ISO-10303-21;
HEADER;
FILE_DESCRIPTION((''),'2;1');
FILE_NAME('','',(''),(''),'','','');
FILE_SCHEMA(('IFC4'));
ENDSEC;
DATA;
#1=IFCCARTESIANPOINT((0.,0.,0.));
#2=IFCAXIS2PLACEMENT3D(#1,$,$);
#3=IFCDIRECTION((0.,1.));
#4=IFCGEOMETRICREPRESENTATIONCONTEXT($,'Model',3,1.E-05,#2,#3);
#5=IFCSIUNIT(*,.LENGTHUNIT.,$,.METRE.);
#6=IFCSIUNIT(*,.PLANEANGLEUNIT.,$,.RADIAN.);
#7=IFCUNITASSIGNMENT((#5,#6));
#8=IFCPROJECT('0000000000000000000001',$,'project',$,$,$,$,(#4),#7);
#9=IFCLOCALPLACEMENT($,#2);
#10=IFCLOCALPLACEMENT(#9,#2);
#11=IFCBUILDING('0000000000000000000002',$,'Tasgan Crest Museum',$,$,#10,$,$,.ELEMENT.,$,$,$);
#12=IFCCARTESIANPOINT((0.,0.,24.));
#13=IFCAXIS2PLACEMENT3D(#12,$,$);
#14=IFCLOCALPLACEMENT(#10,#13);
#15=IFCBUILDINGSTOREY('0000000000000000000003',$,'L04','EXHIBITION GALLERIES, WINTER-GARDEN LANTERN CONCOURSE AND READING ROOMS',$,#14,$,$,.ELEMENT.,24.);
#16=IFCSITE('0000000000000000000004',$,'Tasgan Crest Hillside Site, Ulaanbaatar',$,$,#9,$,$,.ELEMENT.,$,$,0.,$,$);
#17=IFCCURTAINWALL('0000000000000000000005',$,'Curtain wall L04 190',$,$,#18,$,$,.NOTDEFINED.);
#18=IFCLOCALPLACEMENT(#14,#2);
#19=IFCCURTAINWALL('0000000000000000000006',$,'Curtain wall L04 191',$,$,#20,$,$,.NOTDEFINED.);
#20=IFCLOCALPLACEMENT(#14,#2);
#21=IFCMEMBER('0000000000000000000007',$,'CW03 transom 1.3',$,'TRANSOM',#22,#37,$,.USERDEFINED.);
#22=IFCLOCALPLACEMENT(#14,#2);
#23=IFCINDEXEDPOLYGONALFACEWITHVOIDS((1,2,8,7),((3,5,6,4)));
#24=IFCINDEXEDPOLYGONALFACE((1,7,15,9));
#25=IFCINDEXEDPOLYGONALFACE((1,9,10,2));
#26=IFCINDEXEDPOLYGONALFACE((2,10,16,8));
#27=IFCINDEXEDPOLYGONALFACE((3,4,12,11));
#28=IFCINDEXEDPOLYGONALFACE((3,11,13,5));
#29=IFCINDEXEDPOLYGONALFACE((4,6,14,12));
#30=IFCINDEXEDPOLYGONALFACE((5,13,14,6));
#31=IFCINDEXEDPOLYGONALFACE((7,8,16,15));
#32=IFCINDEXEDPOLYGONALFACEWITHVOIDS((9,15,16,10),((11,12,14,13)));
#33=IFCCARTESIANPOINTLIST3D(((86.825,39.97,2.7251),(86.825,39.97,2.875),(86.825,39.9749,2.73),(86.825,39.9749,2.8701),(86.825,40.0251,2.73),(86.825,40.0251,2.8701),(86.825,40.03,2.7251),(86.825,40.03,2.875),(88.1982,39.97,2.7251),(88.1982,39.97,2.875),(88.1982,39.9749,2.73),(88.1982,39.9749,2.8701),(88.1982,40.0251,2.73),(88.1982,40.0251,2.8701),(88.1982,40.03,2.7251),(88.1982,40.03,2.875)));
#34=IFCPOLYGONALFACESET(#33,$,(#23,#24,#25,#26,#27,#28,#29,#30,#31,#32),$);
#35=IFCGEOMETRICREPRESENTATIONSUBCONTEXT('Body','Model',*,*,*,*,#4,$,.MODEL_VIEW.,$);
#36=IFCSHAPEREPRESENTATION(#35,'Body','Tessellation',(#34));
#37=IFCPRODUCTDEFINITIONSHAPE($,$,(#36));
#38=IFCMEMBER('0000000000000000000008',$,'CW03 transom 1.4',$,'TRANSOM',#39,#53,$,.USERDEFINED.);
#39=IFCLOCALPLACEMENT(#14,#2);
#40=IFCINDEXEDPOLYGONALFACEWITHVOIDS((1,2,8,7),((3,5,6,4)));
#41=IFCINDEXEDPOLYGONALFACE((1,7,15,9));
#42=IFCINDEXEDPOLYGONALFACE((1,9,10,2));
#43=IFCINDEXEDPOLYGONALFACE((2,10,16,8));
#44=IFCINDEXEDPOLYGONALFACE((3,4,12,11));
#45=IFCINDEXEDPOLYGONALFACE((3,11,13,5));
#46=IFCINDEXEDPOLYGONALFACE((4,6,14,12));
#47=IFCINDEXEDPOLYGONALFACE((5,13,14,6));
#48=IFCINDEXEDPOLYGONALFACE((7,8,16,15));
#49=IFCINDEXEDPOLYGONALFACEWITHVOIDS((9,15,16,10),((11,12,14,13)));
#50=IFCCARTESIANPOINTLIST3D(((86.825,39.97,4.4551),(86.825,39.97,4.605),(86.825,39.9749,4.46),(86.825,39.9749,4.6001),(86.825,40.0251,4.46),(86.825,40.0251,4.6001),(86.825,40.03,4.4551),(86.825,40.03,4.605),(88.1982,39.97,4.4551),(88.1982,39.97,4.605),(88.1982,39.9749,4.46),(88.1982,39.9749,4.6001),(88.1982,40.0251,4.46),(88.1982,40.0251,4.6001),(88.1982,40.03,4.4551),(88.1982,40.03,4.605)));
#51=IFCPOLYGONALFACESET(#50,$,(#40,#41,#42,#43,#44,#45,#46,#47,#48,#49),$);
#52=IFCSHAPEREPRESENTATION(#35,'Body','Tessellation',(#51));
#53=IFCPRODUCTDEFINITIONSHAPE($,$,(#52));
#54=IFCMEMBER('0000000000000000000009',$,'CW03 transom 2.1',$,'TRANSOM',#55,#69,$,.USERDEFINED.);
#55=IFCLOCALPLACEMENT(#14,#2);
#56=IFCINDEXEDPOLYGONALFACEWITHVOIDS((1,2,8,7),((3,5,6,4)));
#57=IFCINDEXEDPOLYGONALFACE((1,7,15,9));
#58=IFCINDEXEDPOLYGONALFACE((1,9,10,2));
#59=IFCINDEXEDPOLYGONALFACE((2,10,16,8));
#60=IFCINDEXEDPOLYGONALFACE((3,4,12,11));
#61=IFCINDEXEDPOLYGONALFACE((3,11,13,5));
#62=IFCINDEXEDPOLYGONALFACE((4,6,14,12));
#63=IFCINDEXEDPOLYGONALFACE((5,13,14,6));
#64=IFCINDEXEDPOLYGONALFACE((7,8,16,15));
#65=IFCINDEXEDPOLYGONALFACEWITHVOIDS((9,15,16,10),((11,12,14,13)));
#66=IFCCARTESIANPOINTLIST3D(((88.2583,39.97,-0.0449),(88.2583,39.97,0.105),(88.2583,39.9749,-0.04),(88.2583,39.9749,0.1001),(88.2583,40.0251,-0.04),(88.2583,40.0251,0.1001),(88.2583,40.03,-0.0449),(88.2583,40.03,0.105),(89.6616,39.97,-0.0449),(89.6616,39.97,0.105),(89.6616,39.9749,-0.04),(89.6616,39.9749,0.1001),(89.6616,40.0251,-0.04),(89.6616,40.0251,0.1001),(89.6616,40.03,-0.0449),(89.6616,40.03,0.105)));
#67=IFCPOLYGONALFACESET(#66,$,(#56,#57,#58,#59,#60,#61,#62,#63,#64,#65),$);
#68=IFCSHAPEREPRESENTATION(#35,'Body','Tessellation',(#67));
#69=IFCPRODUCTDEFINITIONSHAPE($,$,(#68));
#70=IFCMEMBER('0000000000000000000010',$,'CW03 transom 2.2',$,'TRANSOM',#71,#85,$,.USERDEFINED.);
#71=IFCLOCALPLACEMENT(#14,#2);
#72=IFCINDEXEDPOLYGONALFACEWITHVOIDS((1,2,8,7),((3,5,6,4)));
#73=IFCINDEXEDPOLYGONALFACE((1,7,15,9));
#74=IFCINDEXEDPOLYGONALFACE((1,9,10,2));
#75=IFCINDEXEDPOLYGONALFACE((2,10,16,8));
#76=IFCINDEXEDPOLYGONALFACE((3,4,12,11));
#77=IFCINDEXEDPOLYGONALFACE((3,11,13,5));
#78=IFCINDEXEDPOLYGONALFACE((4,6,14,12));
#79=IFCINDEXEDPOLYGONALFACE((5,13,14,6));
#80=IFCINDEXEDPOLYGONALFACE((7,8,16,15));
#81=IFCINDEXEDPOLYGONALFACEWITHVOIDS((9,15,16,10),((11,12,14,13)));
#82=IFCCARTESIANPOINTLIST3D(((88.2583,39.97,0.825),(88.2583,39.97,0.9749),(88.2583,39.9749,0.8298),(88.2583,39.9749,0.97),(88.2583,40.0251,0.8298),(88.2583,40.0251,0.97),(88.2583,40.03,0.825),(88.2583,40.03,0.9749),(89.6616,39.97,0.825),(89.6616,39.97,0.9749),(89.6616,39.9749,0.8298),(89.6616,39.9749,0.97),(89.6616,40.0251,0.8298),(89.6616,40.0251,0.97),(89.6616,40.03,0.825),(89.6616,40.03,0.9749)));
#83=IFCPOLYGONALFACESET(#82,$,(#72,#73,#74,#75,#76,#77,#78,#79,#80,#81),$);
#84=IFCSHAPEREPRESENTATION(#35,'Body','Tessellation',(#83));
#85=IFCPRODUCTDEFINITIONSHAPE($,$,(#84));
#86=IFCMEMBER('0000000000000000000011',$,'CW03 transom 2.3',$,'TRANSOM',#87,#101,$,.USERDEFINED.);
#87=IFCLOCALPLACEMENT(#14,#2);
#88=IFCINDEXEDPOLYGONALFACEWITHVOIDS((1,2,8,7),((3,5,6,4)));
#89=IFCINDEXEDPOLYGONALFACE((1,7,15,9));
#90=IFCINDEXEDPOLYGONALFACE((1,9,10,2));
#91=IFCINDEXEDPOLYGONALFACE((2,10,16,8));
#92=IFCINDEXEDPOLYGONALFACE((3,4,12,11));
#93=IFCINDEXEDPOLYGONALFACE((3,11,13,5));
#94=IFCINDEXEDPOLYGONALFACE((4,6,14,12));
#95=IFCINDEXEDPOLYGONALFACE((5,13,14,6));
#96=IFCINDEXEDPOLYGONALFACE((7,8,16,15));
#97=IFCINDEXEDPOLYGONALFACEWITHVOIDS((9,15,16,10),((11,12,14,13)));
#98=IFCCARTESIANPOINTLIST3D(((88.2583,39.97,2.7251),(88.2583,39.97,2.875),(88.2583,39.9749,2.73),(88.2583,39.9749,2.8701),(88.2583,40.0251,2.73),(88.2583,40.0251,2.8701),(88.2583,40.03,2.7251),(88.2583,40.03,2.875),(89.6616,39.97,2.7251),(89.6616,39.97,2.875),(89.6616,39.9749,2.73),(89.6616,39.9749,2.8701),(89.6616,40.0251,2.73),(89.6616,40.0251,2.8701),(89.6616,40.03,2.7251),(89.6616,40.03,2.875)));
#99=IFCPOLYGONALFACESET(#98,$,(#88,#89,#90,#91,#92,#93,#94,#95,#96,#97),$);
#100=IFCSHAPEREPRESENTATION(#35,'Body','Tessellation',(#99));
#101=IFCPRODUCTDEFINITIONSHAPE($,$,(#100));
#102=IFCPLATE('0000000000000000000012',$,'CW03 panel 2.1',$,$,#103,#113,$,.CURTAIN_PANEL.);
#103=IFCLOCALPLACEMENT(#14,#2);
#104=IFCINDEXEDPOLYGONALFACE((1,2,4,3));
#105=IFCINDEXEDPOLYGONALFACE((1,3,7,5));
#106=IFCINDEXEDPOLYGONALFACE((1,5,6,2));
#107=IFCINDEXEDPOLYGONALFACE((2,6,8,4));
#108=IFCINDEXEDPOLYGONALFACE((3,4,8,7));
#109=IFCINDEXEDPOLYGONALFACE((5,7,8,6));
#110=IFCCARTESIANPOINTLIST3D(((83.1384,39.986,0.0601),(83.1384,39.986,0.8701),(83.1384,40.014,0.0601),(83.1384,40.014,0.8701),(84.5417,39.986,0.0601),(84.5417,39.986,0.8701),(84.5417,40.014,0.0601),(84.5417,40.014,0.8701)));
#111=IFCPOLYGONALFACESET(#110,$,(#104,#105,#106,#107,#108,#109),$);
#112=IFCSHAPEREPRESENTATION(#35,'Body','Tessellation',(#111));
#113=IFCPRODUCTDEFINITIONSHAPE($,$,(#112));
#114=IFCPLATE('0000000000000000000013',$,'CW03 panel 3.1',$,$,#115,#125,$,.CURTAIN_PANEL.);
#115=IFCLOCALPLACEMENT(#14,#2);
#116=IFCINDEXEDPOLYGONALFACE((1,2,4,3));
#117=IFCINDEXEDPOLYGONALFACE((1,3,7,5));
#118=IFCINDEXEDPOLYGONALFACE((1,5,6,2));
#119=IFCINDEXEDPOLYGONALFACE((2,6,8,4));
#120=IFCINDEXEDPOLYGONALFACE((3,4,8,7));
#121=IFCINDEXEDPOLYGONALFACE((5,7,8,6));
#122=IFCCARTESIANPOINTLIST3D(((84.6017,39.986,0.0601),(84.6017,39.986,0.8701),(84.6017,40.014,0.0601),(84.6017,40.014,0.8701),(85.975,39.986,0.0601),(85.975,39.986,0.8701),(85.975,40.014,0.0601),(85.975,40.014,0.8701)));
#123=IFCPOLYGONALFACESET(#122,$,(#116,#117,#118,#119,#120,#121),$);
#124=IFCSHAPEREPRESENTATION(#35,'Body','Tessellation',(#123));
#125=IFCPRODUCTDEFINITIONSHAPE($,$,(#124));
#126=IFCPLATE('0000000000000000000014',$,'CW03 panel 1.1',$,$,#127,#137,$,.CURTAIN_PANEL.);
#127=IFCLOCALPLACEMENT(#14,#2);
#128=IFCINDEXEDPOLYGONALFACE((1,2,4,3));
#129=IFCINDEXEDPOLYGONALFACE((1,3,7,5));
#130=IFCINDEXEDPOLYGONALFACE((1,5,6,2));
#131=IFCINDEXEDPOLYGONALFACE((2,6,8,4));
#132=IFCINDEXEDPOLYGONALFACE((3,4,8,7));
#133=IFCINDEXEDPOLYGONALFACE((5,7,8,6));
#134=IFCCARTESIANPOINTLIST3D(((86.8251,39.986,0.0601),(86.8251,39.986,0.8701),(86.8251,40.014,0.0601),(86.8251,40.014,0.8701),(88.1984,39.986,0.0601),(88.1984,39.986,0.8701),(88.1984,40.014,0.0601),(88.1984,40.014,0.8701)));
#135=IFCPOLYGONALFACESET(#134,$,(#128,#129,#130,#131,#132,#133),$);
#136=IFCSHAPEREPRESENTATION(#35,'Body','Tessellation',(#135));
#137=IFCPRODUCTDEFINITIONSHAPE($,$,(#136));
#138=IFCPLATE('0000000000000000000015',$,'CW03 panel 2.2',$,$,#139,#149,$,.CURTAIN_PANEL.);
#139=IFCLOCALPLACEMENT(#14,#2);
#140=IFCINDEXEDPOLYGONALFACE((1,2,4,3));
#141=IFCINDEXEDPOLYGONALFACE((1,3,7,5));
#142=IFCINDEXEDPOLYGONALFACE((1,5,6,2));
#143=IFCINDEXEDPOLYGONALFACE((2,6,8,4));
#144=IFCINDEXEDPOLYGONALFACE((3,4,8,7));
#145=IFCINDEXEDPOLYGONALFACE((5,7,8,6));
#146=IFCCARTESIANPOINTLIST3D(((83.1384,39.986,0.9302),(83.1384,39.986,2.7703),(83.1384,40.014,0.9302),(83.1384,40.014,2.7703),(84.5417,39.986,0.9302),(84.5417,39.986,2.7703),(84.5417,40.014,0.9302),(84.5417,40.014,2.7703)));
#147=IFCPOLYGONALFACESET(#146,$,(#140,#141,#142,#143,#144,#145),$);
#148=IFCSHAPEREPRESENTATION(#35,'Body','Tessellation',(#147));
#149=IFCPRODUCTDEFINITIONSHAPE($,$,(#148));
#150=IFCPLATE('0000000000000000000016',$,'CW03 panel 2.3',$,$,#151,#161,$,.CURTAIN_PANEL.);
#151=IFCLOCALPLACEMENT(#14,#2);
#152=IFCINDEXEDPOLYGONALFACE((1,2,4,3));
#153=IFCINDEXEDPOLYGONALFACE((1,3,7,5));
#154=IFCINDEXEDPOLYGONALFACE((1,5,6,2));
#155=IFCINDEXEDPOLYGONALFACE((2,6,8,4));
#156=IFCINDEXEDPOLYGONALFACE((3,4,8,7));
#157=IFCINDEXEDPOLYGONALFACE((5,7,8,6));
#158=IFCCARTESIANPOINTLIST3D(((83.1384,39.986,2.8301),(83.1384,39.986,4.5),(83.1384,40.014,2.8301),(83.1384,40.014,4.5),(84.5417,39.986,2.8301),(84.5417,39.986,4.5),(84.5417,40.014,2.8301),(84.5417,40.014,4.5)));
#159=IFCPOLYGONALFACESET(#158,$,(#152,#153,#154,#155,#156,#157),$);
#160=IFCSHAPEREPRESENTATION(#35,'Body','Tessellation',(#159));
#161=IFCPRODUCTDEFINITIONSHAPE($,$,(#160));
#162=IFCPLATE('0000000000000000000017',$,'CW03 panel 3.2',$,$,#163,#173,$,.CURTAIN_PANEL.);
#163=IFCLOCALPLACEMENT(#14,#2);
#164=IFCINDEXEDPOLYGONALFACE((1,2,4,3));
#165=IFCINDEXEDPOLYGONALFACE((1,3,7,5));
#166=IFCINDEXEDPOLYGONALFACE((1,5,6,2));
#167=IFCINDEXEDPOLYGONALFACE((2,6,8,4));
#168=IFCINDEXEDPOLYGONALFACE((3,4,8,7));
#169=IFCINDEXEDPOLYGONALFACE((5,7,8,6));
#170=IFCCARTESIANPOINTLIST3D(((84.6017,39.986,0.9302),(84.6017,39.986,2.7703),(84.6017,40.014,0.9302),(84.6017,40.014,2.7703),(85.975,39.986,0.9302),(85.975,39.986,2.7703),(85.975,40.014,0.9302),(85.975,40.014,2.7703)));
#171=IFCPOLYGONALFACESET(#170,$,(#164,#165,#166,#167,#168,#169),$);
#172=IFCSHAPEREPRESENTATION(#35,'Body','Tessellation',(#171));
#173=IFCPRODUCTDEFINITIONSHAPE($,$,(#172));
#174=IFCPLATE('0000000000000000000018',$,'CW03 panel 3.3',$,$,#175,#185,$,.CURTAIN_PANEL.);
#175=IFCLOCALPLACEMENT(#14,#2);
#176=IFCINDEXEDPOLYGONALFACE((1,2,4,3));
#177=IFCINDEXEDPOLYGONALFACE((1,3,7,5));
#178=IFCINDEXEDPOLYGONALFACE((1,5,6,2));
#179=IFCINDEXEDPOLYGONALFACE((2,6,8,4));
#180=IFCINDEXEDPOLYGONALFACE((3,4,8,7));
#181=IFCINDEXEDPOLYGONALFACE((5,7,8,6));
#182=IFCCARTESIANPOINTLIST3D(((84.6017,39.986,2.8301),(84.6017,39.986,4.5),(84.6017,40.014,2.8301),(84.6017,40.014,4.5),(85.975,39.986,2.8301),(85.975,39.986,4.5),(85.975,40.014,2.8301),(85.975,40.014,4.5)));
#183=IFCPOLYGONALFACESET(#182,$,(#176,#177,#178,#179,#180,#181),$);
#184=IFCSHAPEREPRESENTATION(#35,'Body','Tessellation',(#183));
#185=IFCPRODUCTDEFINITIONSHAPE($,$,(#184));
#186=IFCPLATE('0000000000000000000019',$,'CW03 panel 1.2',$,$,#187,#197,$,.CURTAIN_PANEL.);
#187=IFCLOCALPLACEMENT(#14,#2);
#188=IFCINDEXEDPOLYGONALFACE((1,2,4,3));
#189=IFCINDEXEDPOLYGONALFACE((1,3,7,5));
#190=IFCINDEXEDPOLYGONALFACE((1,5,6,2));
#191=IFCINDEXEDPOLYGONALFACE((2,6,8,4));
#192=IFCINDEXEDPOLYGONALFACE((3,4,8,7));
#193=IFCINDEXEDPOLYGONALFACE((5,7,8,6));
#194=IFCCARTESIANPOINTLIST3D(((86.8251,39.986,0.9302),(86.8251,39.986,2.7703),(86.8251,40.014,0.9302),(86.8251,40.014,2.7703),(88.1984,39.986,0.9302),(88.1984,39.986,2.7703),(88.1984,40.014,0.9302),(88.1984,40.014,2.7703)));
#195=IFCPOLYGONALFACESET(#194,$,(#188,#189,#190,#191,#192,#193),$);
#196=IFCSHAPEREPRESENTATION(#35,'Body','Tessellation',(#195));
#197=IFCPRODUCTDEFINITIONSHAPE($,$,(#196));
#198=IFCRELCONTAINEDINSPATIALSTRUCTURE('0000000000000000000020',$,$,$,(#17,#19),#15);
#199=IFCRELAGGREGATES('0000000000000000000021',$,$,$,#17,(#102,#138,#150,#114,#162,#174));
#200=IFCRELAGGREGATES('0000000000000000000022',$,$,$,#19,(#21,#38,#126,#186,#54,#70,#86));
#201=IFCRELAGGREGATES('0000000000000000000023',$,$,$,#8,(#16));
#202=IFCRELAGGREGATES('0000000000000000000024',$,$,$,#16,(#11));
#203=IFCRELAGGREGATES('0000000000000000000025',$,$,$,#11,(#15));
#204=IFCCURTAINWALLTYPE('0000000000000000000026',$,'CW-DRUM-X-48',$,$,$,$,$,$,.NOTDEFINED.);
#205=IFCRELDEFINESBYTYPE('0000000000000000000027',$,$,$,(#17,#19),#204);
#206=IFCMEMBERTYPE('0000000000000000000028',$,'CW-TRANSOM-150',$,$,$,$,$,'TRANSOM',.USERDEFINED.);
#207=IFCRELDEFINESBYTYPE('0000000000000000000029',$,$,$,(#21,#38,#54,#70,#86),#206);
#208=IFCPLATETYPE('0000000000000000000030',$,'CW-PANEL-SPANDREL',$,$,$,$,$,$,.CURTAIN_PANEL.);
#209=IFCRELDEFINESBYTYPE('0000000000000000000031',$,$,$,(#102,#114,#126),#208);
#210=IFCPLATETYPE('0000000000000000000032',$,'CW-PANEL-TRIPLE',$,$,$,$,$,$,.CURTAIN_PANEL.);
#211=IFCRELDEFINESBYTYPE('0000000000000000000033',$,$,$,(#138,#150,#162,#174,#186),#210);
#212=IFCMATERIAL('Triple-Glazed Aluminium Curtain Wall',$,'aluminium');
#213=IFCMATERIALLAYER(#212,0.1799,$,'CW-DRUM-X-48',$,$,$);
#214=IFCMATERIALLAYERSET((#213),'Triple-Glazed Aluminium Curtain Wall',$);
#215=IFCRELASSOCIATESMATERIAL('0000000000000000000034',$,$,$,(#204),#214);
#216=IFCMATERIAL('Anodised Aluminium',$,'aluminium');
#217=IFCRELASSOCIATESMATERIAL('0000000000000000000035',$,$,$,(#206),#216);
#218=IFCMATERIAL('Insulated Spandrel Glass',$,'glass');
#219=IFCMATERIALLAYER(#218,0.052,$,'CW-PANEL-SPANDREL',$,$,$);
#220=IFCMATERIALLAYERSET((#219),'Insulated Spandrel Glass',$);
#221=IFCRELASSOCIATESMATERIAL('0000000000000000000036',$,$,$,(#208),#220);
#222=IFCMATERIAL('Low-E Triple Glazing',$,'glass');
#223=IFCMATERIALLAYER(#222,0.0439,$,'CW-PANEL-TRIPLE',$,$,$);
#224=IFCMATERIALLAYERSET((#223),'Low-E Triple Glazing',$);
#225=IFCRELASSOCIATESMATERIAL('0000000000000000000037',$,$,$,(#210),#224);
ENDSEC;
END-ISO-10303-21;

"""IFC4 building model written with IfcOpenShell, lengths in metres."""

from ifc_helpers import new_model, si_unit, direction, frame, origin, origin_2d, place, context, subcontext, project, spatial, rectangle, hollow_rectangle, extrude, material, layer, layer_set, material_profile, profile_set, type_object, element, aggregate, save


model = new_model("IFC4")

# Units and contexts
model_context = context("Model", 3, precision=1e-05, world=origin(), true_north=direction((0.0, 1.0)))
body_context = subcontext(model_context, "Body", "Model", "MODEL_VIEW")
ifc_project = project(units=[si_unit("LENGTHUNIT", "METRE"), si_unit("PLANEANGLEUNIT", "RADIAN")], contexts=[model_context])

# Site, building, storey
site_placement = place(None, origin())
site = spatial("IfcSite", under=ifc_project, at=site_placement, Name="Tasgan Crest Hillside Site, Ulaanbaatar", CompositionType="ELEMENT", RefElevation=0.0)
building_placement = place(site_placement, origin())
building = spatial("IfcBuilding", under=site, at=building_placement, Name="Tasgan Crest Museum", CompositionType="ELEMENT")
storey_placement = place(building_placement, frame((0.0, 0.0, 24.0)))
storey = spatial("IfcBuildingStorey", under=building, at=storey_placement, Name="L04", Description="EXHIBITION GALLERIES, WINTER-GARDEN LANTERN CONCOURSE AND READING ROOMS", CompositionType="ELEMENT", Elevation=24.0)

# Curtain walls
ifc_material_1 = material(Name="Triple-Glazed Aluminium Curtain Wall", Category="aluminium")
ifc_layer_1 = layer(ifc_material_1, 0.1799, Name="CW-DRUM-X-48")
ifc_layer_set_1 = layer_set([ifc_layer_1], Name="Triple-Glazed Aluminium Curtain Wall")
curtain_wall_type = type_object("IfcCurtainWallType", Name="CW-DRUM-X-48", PredefinedType="NOTDEFINED", material=ifc_layer_set_1)
curtain_wall_1_placement = place(storey_placement, origin())
curtain_wall_1 = element("IfcCurtainWall", 1, at=curtain_wall_1_placement, inside=storey, type_object=curtain_wall_type, Name="Curtain wall L04 190", PredefinedType="NOTDEFINED")
curtain_wall_2_placement = place(storey_placement, origin())
curtain_wall_2 = element("IfcCurtainWall", 2, at=curtain_wall_2_placement, inside=storey, type_object=curtain_wall_type, Name="Curtain wall L04 191", PredefinedType="NOTDEFINED")

# Members
ifc_material_2 = material(Name="Anodised Aluminium", Category="aluminium")
ifc_material_profile_1 = material_profile(ifc_material_2, hollow_rectangle(XDim=0.0601, YDim=0.1499, WallThickness=0.0049, at=origin_2d()), Name="ALU TRANSOM 150x60x5")
ifc_profile_set_1 = profile_set([ifc_material_profile_1], Name="Anodised Aluminium")
member_type_1 = type_object("IfcMemberType", Name="CW-TRANSOM-150", ElementType="TRANSOM", PredefinedType="USERDEFINED", material=ifc_profile_set_1)
member_1_placement = place(storey_placement, frame((86.825, 40.0, 2.8), z_axis=(1.0, 0.0, 0.0), x_axis=(0.0, 1.0, 0.0)))
member_1 = element("IfcMember", 3, at=member_1_placement, type_object=member_type_1, Name="CW03 transom 1.3", ObjectType="TRANSOM", PredefinedType="USERDEFINED", context=body_context, shape_type="SweptSolid", body=[
    extrude(hollow_rectangle(XDim=0.0601, YDim=0.1499, WallThickness=0.0049, at=origin_2d()), origin(), (0.0, 0.0, 1.0), 1.3733),
])
member_2_placement = place(storey_placement, frame((86.825, 40.0, 4.53), z_axis=(1.0, 0.0, 0.0), x_axis=(0.0, 1.0, 0.0)))
member_2 = element("IfcMember", 4, at=member_2_placement, type_object=member_type_1, Name="CW03 transom 1.4", ObjectType="TRANSOM", PredefinedType="USERDEFINED", context=body_context, shape_type="SweptSolid", body=[
    extrude(hollow_rectangle(XDim=0.0601, YDim=0.1499, WallThickness=0.0049, at=origin_2d()), origin(), (0.0, 0.0, 1.0), 1.3733),
])
member_3_placement = place(storey_placement, frame((88.2583, 40.0, 0.03), z_axis=(1.0, 0.0, 0.0), x_axis=(0.0, 1.0, 0.0)))
member_3 = element("IfcMember", 5, at=member_3_placement, type_object=member_type_1, Name="CW03 transom 2.1", ObjectType="TRANSOM", PredefinedType="USERDEFINED", context=body_context, shape_type="SweptSolid", body=[
    extrude(hollow_rectangle(XDim=0.0601, YDim=0.1499, WallThickness=0.0049, at=origin_2d()), origin(), (0.0, 0.0, 1.0), 1.4033),
])
member_4_placement = place(storey_placement, frame((88.2583, 40.0, 0.8999), z_axis=(1.0, 0.0, 0.0), x_axis=(0.0, 1.0, 0.0)))
member_4 = element("IfcMember", 6, at=member_4_placement, type_object=member_type_1, Name="CW03 transom 2.2", ObjectType="TRANSOM", PredefinedType="USERDEFINED", context=body_context, shape_type="SweptSolid", body=[
    extrude(hollow_rectangle(XDim=0.0601, YDim=0.1499, WallThickness=0.0049, at=origin_2d()), origin(), (0.0, 0.0, 1.0), 1.4033),
])
member_5_placement = place(storey_placement, frame((88.2583, 40.0, 2.8), z_axis=(1.0, 0.0, 0.0), x_axis=(0.0, 1.0, 0.0)))
member_5 = element("IfcMember", 7, at=member_5_placement, type_object=member_type_1, Name="CW03 transom 2.3", ObjectType="TRANSOM", PredefinedType="USERDEFINED", context=body_context, shape_type="SweptSolid", body=[
    extrude(hollow_rectangle(XDim=0.0601, YDim=0.1499, WallThickness=0.0049, at=origin_2d()), origin(), (0.0, 0.0, 1.0), 1.4033),
])

# Plates
ifc_material_3 = material(Name="Insulated Spandrel Glass", Category="glass")
ifc_layer_2 = layer(ifc_material_3, 0.052, Name="CW-PANEL-SPANDREL")
ifc_layer_set_2 = layer_set([ifc_layer_2], Name="Insulated Spandrel Glass")
plate_type_1 = type_object("IfcPlateType", Name="CW-PANEL-SPANDREL", PredefinedType="CURTAIN_PANEL", material=ifc_layer_set_2)
plate_1_placement = place(storey_placement, frame((83.8401, 40.0, 0.0601), z_axis=(0.0, 0.0, 1.0), x_axis=(1.0, 0.0, 0.0)))
plate_1 = element("IfcPlate", 8, at=plate_1_placement, type_object=plate_type_1, Name="CW03 panel 2.1", PredefinedType="CURTAIN_PANEL", context=body_context, shape_type="SweptSolid", body=[
    extrude(rectangle(XDim=1.4033, YDim=0.0281, at=origin_2d()), origin(), (0.0, 0.0, 1.0), 0.8101),
])
plate_2_placement = place(storey_placement, frame((85.2883, 40.0, 0.0601), z_axis=(0.0, 0.0, 1.0), x_axis=(1.0, 0.0, 0.0)))
plate_2 = element("IfcPlate", 9, at=plate_2_placement, type_object=plate_type_1, Name="CW03 panel 3.1", PredefinedType="CURTAIN_PANEL", context=body_context, shape_type="SweptSolid", body=[
    extrude(rectangle(XDim=1.3733, YDim=0.0281, at=origin_2d()), origin(), (0.0, 0.0, 1.0), 0.8101),
])
plate_3_placement = place(storey_placement, frame((87.5117, 40.0, 0.0601), z_axis=(0.0, 0.0, 1.0), x_axis=(1.0, 0.0, 0.0)))
plate_3 = element("IfcPlate", 10, at=plate_3_placement, type_object=plate_type_1, Name="CW03 panel 1.1", PredefinedType="CURTAIN_PANEL", context=body_context, shape_type="SweptSolid", body=[
    extrude(rectangle(XDim=1.3733, YDim=0.0281, at=origin_2d()), origin(), (0.0, 0.0, 1.0), 0.8101),
])
ifc_material_4 = material(Name="Low-E Triple Glazing", Category="glass")
ifc_layer_3 = layer(ifc_material_4, 0.0439, Name="CW-PANEL-TRIPLE")
ifc_layer_set_3 = layer_set([ifc_layer_3], Name="Low-E Triple Glazing")
plate_type_2 = type_object("IfcPlateType", Name="CW-PANEL-TRIPLE", PredefinedType="CURTAIN_PANEL", material=ifc_layer_set_3)
plate_4_placement = place(storey_placement, frame((83.8401, 40.0, 0.9302), z_axis=(0.0, 0.0, 1.0), x_axis=(1.0, 0.0, 0.0)))
plate_4 = element("IfcPlate", 11, at=plate_4_placement, type_object=plate_type_2, Name="CW03 panel 2.2", PredefinedType="CURTAIN_PANEL", context=body_context, shape_type="SweptSolid", body=[
    extrude(rectangle(XDim=1.4033, YDim=0.0281, at=origin_2d()), origin(), (0.0, 0.0, 1.0), 1.8401),
])
plate_5_placement = place(storey_placement, frame((83.8401, 40.0, 2.8301), z_axis=(0.0, 0.0, 1.0), x_axis=(1.0, 0.0, 0.0)))
plate_5 = element("IfcPlate", 12, at=plate_5_placement, type_object=plate_type_2, Name="CW03 panel 2.3", PredefinedType="CURTAIN_PANEL", context=body_context, shape_type="SweptSolid", body=[
    extrude(rectangle(XDim=1.4033, YDim=0.0281, at=origin_2d()), origin(), (0.0, 0.0, 1.0), 1.6699),
])
plate_6_placement = place(storey_placement, frame((85.2883, 40.0, 0.9302), z_axis=(0.0, 0.0, 1.0), x_axis=(1.0, 0.0, 0.0)))
plate_6 = element("IfcPlate", 13, at=plate_6_placement, type_object=plate_type_2, Name="CW03 panel 3.2", PredefinedType="CURTAIN_PANEL", context=body_context, shape_type="SweptSolid", body=[
    extrude(rectangle(XDim=1.3733, YDim=0.0281, at=origin_2d()), origin(), (0.0, 0.0, 1.0), 1.8401),
])
plate_7_placement = place(storey_placement, frame((85.2883, 40.0, 2.8301), z_axis=(0.0, 0.0, 1.0), x_axis=(1.0, 0.0, 0.0)))
plate_7 = element("IfcPlate", 14, at=plate_7_placement, type_object=plate_type_2, Name="CW03 panel 3.3", PredefinedType="CURTAIN_PANEL", context=body_context, shape_type="SweptSolid", body=[
    extrude(rectangle(XDim=1.3733, YDim=0.0281, at=origin_2d()), origin(), (0.0, 0.0, 1.0), 1.6699),
])
aggregate(curtain_wall_1, [plate_1, plate_4, plate_5, plate_2, plate_6, plate_7])
plate_8_placement = place(storey_placement, frame((87.5117, 40.0, 0.9302), z_axis=(0.0, 0.0, 1.0), x_axis=(1.0, 0.0, 0.0)))
plate_8 = element("IfcPlate", 15, at=plate_8_placement, type_object=plate_type_2, Name="CW03 panel 1.2", PredefinedType="CURTAIN_PANEL", context=body_context, shape_type="SweptSolid", body=[
    extrude(rectangle(XDim=1.3733, YDim=0.0281, at=origin_2d()), origin(), (0.0, 0.0, 1.0), 1.8401),
])
aggregate(curtain_wall_2, [member_1, member_2, plate_3, plate_8, member_3, member_4, member_5])

save(model, "model.ifc")
